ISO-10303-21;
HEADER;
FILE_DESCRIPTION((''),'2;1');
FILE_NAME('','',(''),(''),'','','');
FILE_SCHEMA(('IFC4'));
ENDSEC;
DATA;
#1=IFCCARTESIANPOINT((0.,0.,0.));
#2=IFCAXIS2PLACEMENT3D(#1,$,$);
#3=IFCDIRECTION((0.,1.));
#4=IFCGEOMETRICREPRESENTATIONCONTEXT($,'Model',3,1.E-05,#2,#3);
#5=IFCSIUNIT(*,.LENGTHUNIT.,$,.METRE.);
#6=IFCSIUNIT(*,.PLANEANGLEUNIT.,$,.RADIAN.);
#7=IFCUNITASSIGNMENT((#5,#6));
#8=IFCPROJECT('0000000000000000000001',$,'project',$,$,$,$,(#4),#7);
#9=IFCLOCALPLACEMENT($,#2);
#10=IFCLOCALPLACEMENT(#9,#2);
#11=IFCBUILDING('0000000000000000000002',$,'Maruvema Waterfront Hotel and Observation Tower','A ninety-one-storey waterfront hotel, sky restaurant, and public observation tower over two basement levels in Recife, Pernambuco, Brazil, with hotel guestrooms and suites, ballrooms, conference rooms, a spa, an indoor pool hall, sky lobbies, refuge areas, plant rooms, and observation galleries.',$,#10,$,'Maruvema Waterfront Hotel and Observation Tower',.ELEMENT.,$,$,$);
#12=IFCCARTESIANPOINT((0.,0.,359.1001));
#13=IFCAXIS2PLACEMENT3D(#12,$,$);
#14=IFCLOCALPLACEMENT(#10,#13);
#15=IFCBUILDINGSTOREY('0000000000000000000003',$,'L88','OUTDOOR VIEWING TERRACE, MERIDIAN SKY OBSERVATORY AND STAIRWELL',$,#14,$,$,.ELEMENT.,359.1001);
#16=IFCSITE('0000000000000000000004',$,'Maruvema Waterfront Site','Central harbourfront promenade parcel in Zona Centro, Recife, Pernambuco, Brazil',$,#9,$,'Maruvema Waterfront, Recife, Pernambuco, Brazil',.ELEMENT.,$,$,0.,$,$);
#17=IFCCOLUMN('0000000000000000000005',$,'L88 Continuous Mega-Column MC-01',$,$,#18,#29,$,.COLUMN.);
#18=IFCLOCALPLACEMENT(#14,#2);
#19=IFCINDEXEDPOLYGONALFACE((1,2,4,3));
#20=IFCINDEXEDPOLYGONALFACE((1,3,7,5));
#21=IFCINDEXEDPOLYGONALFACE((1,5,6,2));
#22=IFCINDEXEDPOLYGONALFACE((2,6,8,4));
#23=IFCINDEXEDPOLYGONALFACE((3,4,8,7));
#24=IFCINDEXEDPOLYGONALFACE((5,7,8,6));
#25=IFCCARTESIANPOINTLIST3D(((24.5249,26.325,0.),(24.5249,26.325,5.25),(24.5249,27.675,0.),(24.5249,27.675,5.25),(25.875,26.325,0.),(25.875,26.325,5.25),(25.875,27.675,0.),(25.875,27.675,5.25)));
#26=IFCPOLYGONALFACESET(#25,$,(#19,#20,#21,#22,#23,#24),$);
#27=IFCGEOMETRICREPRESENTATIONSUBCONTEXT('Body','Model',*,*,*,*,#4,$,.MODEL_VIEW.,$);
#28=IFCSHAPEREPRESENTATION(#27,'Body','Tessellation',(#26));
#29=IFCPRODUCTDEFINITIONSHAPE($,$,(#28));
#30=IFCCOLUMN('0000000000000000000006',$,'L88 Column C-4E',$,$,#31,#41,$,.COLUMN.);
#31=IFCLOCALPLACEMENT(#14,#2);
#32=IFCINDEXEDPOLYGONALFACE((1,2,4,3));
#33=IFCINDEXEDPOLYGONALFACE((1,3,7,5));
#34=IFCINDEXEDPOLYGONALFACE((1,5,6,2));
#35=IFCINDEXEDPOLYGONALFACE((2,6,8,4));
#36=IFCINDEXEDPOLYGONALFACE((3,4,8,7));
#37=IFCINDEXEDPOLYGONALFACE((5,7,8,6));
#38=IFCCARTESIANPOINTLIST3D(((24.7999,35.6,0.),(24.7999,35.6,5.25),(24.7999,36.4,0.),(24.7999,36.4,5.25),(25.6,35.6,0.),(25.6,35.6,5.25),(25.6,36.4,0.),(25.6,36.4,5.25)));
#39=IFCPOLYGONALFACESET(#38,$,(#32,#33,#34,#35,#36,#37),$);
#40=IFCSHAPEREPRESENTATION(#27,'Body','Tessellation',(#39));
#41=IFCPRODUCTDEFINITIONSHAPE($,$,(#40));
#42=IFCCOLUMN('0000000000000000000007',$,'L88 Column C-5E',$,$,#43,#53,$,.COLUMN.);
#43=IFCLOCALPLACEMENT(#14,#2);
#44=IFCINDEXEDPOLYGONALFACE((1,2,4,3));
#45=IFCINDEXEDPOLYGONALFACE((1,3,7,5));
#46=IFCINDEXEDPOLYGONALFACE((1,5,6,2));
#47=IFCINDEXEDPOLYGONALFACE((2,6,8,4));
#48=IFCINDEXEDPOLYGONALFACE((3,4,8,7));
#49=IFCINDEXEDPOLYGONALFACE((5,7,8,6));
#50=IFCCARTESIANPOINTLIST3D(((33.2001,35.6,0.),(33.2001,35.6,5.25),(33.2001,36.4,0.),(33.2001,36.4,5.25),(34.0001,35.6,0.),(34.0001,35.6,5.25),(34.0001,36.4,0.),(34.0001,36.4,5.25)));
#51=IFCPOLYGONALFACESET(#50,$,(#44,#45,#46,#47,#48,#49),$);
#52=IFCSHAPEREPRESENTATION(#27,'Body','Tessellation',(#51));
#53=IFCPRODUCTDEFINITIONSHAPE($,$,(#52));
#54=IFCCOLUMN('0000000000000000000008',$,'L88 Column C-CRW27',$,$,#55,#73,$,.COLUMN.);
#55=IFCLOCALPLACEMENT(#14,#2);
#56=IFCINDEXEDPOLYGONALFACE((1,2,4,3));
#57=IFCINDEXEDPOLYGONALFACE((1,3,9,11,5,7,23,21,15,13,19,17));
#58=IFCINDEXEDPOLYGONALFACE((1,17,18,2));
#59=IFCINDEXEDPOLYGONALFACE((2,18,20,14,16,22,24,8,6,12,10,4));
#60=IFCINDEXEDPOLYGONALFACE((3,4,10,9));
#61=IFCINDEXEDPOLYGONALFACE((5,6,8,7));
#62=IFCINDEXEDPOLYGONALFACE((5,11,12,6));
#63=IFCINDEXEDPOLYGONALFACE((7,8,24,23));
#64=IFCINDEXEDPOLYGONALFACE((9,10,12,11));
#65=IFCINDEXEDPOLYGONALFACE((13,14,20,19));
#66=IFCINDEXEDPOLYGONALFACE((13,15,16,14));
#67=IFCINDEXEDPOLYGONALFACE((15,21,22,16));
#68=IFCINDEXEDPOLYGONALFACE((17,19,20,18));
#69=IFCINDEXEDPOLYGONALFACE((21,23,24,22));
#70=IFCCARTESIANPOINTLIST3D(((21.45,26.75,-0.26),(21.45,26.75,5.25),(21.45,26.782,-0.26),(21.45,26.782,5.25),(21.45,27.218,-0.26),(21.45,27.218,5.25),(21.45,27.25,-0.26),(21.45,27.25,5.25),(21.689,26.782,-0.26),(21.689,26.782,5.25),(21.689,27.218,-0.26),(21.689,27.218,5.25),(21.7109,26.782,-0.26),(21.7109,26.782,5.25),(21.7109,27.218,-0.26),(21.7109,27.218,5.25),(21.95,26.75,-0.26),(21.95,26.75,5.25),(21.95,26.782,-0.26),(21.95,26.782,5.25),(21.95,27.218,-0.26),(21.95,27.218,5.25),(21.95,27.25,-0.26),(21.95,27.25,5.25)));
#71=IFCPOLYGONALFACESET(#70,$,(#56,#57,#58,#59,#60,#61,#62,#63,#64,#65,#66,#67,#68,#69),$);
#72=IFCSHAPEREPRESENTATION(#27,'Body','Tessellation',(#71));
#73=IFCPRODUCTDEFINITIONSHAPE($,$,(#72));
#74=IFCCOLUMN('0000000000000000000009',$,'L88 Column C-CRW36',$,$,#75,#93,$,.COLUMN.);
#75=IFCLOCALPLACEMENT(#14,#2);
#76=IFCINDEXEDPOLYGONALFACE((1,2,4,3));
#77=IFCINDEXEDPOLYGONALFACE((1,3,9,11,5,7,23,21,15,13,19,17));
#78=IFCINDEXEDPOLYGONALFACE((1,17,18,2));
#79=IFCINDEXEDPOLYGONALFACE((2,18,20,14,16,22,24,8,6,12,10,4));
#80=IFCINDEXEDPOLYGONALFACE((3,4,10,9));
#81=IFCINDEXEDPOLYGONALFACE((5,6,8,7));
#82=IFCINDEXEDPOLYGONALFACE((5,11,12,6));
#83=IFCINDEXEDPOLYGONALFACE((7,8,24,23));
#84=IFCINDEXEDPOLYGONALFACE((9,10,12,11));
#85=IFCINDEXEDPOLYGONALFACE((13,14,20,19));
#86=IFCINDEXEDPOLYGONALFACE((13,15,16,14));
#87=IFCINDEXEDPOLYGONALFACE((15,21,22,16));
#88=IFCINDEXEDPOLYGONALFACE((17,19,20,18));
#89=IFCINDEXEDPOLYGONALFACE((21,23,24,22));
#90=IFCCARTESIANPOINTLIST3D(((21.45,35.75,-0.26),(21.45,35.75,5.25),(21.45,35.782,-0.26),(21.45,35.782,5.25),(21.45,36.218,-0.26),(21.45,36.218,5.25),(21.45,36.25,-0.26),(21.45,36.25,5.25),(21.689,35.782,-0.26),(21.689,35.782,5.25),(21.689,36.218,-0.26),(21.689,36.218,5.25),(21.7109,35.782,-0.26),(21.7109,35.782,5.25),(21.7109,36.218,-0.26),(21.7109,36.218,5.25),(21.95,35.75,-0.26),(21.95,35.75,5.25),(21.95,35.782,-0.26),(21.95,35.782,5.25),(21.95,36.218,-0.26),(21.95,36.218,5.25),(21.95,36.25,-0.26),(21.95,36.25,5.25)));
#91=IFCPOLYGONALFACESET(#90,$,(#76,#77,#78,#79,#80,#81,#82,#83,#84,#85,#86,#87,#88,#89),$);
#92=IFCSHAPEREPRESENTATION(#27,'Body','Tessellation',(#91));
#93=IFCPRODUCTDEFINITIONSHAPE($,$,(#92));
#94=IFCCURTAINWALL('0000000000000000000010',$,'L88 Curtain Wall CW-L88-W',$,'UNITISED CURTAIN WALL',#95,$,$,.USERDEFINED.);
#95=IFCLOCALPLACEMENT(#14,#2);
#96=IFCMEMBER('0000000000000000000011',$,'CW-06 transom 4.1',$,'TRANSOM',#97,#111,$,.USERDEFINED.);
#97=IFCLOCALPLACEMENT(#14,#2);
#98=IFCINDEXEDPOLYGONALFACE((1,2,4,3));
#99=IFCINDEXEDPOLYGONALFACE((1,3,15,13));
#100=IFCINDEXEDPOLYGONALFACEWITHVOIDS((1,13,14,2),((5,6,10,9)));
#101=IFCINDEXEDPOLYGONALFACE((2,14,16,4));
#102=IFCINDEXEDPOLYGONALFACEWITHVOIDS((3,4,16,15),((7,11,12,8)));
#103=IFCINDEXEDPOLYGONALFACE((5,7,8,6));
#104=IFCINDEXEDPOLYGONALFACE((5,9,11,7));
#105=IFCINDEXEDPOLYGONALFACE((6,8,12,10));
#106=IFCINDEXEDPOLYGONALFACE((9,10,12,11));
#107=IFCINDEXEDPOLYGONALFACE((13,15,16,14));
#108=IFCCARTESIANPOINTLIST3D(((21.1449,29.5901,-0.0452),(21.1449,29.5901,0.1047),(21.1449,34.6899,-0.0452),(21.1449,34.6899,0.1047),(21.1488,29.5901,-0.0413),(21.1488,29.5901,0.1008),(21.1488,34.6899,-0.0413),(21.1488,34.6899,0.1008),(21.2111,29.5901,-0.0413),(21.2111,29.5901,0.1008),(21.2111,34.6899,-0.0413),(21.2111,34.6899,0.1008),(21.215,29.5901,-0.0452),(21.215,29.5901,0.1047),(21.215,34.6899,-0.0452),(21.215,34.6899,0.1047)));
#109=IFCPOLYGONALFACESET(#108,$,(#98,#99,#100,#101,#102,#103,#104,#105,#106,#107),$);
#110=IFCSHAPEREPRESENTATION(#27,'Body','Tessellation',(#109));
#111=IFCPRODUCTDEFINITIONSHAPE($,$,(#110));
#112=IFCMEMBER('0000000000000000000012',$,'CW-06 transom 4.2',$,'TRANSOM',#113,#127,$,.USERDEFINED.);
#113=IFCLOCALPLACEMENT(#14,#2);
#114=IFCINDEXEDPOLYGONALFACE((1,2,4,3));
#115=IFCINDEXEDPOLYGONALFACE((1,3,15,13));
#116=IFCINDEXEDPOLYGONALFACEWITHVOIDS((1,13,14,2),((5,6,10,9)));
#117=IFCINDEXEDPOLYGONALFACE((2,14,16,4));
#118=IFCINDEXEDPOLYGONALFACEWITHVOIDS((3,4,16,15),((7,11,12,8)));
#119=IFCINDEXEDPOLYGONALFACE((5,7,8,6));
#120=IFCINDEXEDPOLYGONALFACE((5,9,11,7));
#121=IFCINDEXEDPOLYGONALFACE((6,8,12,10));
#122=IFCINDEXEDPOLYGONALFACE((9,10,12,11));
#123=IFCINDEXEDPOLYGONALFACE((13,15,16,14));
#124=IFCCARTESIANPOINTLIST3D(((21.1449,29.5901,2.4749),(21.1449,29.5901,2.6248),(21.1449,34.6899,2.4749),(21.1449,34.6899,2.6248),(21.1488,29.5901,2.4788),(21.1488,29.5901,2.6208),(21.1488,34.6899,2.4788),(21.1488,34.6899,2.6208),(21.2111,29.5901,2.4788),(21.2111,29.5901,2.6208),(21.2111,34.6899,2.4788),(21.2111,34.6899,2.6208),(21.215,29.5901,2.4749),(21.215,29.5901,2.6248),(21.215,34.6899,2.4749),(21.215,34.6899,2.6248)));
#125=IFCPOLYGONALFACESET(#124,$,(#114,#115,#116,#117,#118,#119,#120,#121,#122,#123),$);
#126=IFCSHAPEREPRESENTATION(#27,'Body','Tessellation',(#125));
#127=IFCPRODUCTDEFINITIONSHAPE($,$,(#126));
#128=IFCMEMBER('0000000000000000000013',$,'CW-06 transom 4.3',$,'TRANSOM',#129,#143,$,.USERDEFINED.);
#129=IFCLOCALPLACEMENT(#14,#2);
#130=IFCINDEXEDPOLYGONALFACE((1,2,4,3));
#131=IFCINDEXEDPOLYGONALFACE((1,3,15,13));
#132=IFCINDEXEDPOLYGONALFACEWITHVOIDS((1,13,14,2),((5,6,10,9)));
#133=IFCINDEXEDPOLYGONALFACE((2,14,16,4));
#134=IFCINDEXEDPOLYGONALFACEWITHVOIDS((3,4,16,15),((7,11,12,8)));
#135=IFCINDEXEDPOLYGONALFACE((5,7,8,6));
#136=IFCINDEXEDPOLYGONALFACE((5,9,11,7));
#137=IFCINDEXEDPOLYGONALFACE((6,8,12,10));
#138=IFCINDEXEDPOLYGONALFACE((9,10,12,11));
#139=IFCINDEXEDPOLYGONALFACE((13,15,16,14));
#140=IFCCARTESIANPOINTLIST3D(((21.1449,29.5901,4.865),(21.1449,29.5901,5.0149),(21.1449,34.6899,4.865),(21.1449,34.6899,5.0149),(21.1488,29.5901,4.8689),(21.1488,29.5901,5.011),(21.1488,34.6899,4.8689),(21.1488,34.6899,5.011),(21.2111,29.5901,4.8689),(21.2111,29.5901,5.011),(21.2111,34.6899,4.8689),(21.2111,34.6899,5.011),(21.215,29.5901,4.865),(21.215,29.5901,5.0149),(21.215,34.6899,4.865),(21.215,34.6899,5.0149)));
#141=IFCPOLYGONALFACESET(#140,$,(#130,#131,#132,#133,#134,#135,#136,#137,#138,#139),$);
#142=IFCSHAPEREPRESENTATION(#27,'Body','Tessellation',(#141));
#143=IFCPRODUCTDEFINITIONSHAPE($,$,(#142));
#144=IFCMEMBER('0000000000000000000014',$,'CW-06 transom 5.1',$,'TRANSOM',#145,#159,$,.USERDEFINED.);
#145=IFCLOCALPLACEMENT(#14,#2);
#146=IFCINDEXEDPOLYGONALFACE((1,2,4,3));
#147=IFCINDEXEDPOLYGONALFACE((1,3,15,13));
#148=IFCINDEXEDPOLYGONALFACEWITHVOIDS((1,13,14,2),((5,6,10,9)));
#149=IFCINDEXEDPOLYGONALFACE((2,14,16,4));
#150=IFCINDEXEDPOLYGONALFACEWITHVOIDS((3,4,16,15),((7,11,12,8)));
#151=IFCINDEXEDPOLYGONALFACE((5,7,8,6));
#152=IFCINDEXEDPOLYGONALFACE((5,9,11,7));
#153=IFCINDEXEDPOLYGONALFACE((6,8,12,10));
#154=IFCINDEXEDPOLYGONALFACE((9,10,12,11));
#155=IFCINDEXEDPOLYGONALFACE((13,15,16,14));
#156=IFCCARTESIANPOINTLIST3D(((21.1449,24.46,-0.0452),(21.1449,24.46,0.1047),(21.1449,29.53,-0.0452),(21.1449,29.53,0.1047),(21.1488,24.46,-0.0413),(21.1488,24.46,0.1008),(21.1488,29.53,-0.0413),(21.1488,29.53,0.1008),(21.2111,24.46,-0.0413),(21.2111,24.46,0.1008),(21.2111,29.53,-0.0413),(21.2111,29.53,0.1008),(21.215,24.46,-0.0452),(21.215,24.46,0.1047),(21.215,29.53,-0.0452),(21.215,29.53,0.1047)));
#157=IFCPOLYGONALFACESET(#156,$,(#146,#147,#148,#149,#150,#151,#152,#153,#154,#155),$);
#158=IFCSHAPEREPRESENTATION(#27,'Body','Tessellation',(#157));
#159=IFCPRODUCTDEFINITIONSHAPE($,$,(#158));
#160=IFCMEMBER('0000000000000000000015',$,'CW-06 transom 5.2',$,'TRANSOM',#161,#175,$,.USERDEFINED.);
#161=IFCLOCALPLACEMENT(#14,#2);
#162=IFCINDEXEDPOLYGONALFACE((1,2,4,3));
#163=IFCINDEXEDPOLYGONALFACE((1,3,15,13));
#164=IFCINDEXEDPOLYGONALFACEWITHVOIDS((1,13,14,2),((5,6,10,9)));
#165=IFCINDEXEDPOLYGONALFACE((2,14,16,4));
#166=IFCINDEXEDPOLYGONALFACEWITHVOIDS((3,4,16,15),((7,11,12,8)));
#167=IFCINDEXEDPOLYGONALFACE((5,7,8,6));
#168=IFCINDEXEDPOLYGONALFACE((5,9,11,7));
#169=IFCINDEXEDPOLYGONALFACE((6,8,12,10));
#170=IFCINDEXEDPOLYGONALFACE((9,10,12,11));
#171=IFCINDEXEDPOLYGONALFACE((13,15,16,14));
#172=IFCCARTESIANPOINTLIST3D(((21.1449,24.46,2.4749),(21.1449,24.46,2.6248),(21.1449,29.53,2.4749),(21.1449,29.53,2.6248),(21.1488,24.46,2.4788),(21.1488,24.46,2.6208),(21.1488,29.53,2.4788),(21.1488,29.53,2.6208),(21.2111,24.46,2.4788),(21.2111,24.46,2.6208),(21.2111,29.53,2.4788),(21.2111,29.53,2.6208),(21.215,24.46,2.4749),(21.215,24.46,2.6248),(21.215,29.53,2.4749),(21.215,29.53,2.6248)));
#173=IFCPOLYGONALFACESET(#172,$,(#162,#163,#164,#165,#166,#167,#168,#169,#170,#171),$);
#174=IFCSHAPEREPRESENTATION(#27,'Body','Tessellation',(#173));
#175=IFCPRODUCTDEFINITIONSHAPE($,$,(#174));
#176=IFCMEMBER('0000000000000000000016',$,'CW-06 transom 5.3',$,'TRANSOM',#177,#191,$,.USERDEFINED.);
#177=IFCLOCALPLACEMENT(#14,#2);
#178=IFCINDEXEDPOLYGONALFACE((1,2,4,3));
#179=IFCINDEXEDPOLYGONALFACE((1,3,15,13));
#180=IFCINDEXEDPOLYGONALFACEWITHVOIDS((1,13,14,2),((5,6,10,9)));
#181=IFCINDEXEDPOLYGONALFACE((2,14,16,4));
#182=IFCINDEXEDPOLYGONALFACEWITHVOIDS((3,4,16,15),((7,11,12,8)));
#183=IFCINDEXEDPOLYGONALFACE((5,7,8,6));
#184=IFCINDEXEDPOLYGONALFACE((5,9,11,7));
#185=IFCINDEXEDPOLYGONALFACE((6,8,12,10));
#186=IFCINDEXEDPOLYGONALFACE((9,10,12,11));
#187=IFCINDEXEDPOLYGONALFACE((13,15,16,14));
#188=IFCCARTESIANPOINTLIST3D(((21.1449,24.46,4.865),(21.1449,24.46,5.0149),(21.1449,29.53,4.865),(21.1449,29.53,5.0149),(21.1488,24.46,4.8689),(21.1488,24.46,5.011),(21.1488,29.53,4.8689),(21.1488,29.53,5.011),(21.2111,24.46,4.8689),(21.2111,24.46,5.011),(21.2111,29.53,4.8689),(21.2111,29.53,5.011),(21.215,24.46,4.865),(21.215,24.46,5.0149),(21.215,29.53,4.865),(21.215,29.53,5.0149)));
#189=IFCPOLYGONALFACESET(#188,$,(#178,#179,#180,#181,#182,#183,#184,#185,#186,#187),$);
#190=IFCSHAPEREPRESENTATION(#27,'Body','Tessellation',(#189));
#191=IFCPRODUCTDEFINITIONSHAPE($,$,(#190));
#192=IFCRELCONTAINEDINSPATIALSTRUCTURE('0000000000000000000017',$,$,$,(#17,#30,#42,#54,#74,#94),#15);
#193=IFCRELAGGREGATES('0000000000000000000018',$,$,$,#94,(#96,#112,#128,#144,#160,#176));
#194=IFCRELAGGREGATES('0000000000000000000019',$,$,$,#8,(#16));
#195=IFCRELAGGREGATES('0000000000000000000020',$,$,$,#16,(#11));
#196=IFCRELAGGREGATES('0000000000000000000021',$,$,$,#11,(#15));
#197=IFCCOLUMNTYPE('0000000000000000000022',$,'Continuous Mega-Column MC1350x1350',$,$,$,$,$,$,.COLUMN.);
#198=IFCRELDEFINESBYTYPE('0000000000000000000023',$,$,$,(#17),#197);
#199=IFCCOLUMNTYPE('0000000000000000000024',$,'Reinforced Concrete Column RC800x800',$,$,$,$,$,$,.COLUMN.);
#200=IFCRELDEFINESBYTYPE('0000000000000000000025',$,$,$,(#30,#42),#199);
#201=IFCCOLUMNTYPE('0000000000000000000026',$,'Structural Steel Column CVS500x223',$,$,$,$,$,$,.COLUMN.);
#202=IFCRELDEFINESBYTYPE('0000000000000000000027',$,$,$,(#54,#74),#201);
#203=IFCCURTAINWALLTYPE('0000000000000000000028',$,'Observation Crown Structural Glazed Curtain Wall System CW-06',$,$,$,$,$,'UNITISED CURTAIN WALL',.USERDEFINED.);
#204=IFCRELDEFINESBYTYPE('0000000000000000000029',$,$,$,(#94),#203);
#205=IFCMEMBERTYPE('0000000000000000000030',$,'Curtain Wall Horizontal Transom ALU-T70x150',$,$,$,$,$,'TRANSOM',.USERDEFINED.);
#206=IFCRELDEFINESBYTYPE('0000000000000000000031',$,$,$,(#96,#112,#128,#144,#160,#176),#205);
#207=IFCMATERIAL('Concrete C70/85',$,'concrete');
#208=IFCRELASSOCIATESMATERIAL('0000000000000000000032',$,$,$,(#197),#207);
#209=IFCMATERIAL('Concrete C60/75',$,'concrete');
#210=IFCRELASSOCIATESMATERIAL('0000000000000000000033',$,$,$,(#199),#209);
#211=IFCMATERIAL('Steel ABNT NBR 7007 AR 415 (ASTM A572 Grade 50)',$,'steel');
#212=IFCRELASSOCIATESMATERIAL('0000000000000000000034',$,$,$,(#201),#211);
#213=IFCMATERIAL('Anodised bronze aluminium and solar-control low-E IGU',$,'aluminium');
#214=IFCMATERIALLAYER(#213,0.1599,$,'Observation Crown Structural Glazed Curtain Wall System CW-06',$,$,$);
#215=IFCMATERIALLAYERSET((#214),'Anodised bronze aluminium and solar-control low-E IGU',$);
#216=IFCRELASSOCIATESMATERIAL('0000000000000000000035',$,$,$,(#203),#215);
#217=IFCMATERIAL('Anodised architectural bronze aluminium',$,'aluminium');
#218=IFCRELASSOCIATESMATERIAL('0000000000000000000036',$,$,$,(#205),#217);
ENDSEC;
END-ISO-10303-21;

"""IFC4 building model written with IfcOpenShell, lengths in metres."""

from ifc_helpers import new_model, si_unit, direction, frame, origin, origin_2d, place, context, subcontext, project, spatial, rectangle, hollow_rectangle, i_section, extrude, material, layer, layer_set, material_profile, profile_set, type_object, element, aggregate, save


model = new_model("IFC4")

# Units and contexts
model_context = context("Model", 3, precision=1e-05, world=origin(), true_north=direction((0.0, 1.0)))
body_context = subcontext(model_context, "Body", "Model", "MODEL_VIEW")
ifc_project = project(units=[si_unit("LENGTHUNIT", "METRE"), si_unit("PLANEANGLEUNIT", "RADIAN")], contexts=[model_context])

# Site, building, storey
site_placement = place(None, origin())
site = spatial("IfcSite", under=ifc_project, at=site_placement, Name="Maruvema Waterfront Site", Description="Central harbourfront promenade parcel in Zona Centro, Recife, Pernambuco, Brazil", LongName="Maruvema Waterfront, Recife, Pernambuco, Brazil", CompositionType="ELEMENT", RefElevation=0.0)
building_placement = place(site_placement, origin())
building = spatial("IfcBuilding", under=site, at=building_placement, Name="Maruvema Waterfront Hotel and Observation Tower", Description="A ninety-one-storey waterfront hotel, sky restaurant, and public observation tower over two basement levels in Recife, Pernambuco, Brazil, with hotel guestrooms and suites, ballrooms, conference rooms, a spa, an indoor pool hall, sky lobbies, refuge areas, plant rooms, and observation galleries.", LongName="Maruvema Waterfront Hotel and Observation Tower", CompositionType="ELEMENT")
storey_placement = place(building_placement, frame((0.0, 0.0, 359.1001)))
storey = spatial("IfcBuildingStorey", under=building, at=storey_placement, Name="L88", Description="OUTDOOR VIEWING TERRACE, MERIDIAN SKY OBSERVATORY AND STAIRWELL", CompositionType="ELEMENT", Elevation=359.1001)

# Columns
ifc_material_1 = material(Name="Concrete C70/85", Category="concrete")
ifc_material_profile_1 = material_profile(ifc_material_1, rectangle(XDim=1.3501, YDim=1.3501, at=origin_2d()), Name="MC1350x1350")
ifc_profile_set_1 = profile_set([ifc_material_profile_1], Name="Concrete C70/85")
column_type_1 = type_object("IfcColumnType", Name="Continuous Mega-Column MC1350x1350", PredefinedType="COLUMN", material=ifc_profile_set_1)
column_placement = place(storey_placement, frame((25.2, 27.0, 0.0), z_axis=(0.0, 0.0, 1.0), x_axis=(1.0, 0.0, 0.0)))
element("IfcColumn", 1, at=column_placement, inside=storey, type_object=column_type_1, Name="L88 Continuous Mega-Column MC-01", PredefinedType="COLUMN", context=body_context, shape_type="SweptSolid", body=[
    extrude(rectangle(XDim=1.3501, YDim=1.3501, at=origin_2d()), origin(), (0.0, 0.0, 1.0), 5.25),
])
ifc_material_2 = material(Name="Concrete C60/75", Category="concrete")
ifc_material_profile_2 = material_profile(ifc_material_2, rectangle(XDim=0.8, YDim=0.8, at=origin_2d()), Name="RC800x800")
ifc_profile_set_2 = profile_set([ifc_material_profile_2], Name="Concrete C60/75")
column_type_2 = type_object("IfcColumnType", Name="Reinforced Concrete Column RC800x800", PredefinedType="COLUMN", material=ifc_profile_set_2)
for number, where, z_axis, x_axis, name in (
    (2, (25.2, 36.0, 0.0), (0.0, 0.0, 1.0), (1.0, 0.0, 0.0), "L88 Column C-4E"),
    (3, (33.6001, 36.0, 0.0), (0.0, 0.0, 1.0), (1.0, 0.0, 0.0), "L88 Column C-5E"),
):
    element("IfcColumn", number, at=place(storey_placement, frame(where, z_axis=z_axis, x_axis=x_axis)), inside=storey, type_object=column_type_2, Name=name, PredefinedType="COLUMN", context=body_context, shape_type="SweptSolid", body=[
        extrude(rectangle(XDim=0.8, YDim=0.8, at=origin_2d()), origin(), (0.0, 0.0, 1.0), 5.25),
    ])
ifc_material_3 = material(Name="Steel ABNT NBR 7007 AR 415 (ASTM A572 Grade 50)", Category="steel")
ifc_material_profile_3 = material_profile(ifc_material_3, i_section(OverallWidth=0.5, OverallDepth=0.5, WebThickness=0.022, FlangeThickness=0.032, at=origin_2d()), Name="CVS500x223")
ifc_profile_set_3 = profile_set([ifc_material_profile_3], Name="Steel ABNT NBR 7007 AR 415 (ASTM A572 Grade 50)")
column_type_3 = type_object("IfcColumnType", Name="Structural Steel Column CVS500x223", PredefinedType="COLUMN", material=ifc_profile_set_3)
for number, where, z_axis, x_axis, name in (
    (4, (21.7, 27.0, -0.26), (0.0, 0.0, 1.0), (1.0, 0.0, 0.0), "L88 Column C-CRW27"),
    (5, (21.7, 36.0, -0.26), (0.0, 0.0, 1.0), (1.0, 0.0, 0.0), "L88 Column C-CRW36"),
):
    element("IfcColumn", number, at=place(storey_placement, frame(where, z_axis=z_axis, x_axis=x_axis)), inside=storey, type_object=column_type_3, Name=name, PredefinedType="COLUMN", context=body_context, shape_type="SweptSolid", body=[
        extrude(i_section(OverallWidth=0.5, OverallDepth=0.5, WebThickness=0.022, FlangeThickness=0.032, at=origin_2d()), origin(), (0.0, 0.0, 1.0), 5.51),
    ])

# Curtain wall, members
ifc_material_4 = material(Name="Anodised bronze aluminium and solar-control low-E IGU", Category="aluminium")
ifc_layer_1 = layer(ifc_material_4, 0.1599, Name="Observation Crown Structural Glazed Curtain Wall System CW-06")
ifc_layer_set_1 = layer_set([ifc_layer_1], Name="Anodised bronze aluminium and solar-control low-E IGU")
curtain_wall_type = type_object("IfcCurtainWallType", Name="Observation Crown Structural Glazed Curtain Wall System CW-06", ElementType="UNITISED CURTAIN WALL", PredefinedType="USERDEFINED", material=ifc_layer_set_1)
curtain_wall_placement = place(storey_placement, origin())
curtain_wall = element("IfcCurtainWall", 6, at=curtain_wall_placement, inside=storey, type_object=curtain_wall_type, Name="L88 Curtain Wall CW-L88-W", ObjectType="UNITISED CURTAIN WALL", PredefinedType="USERDEFINED")
ifc_material_5 = material(Name="Anodised architectural bronze aluminium", Category="aluminium")
ifc_material_profile_4 = material_profile(ifc_material_5, hollow_rectangle(XDim=0.0701, YDim=0.1499, WallThickness=0.0039, at=origin_2d()), Name="ALU-T70x150")
ifc_profile_set_4 = profile_set([ifc_material_profile_4], Name="Anodised architectural bronze aluminium")
member_type_1 = type_object("IfcMemberType", Name="Curtain Wall Horizontal Transom ALU-T70x150", ElementType="TRANSOM", PredefinedType="USERDEFINED", material=ifc_profile_set_4)
member_1_placement = place(storey_placement, frame((21.1799, 34.6899, 0.0298), z_axis=(0.0, -1.0, 0.0), x_axis=(1.0, 0.0, 0.0)))
member_1 = element("IfcMember", 7, at=member_1_placement, type_object=member_type_1, Name="CW-06 transom 4.1", ObjectType="TRANSOM", PredefinedType="USERDEFINED", context=body_context, shape_type="SweptSolid", body=[
    extrude(hollow_rectangle(XDim=0.0701, YDim=0.1499, WallThickness=0.0039, at=origin_2d()), origin(), (0.0, 0.0, 1.0), 5.0999),
])
member_2_placement = place(storey_placement, frame((21.1799, 34.6899, 2.5498), z_axis=(0.0, -1.0, 0.0), x_axis=(1.0, 0.0, 0.0)))
member_2 = element("IfcMember", 8, at=member_2_placement, type_object=member_type_1, Name="CW-06 transom 4.2", ObjectType="TRANSOM", PredefinedType="USERDEFINED", context=body_context, shape_type="SweptSolid", body=[
    extrude(hollow_rectangle(XDim=0.0701, YDim=0.1499, WallThickness=0.0039, at=origin_2d()), origin(), (0.0, 0.0, 1.0), 5.0999),
])
member_3_placement = place(storey_placement, frame((21.1799, 34.6899, 4.9399), z_axis=(0.0, -1.0, 0.0), x_axis=(1.0, 0.0, 0.0)))
member_3 = element("IfcMember", 9, at=member_3_placement, type_object=member_type_1, Name="CW-06 transom 4.3", ObjectType="TRANSOM", PredefinedType="USERDEFINED", context=body_context, shape_type="SweptSolid", body=[
    extrude(hollow_rectangle(XDim=0.0701, YDim=0.1499, WallThickness=0.0039, at=origin_2d()), origin(), (0.0, 0.0, 1.0), 5.0999),
])
member_4_placement = place(storey_placement, frame((21.1799, 29.53, 0.0298), z_axis=(0.0, -1.0, 0.0), x_axis=(1.0, 0.0, 0.0)))
member_4 = element("IfcMember", 10, at=member_4_placement, type_object=member_type_1, Name="CW-06 transom 5.1", ObjectType="TRANSOM", PredefinedType="USERDEFINED", context=body_context, shape_type="SweptSolid", body=[
    extrude(hollow_rectangle(XDim=0.0701, YDim=0.1499, WallThickness=0.0039, at=origin_2d()), origin(), (0.0, 0.0, 1.0), 5.0701),
])
member_5_placement = place(storey_placement, frame((21.1799, 29.53, 2.5498), z_axis=(0.0, -1.0, 0.0), x_axis=(1.0, 0.0, 0.0)))
member_5 = element("IfcMember", 11, at=member_5_placement, type_object=member_type_1, Name="CW-06 transom 5.2", ObjectType="TRANSOM", PredefinedType="USERDEFINED", context=body_context, shape_type="SweptSolid", body=[
    extrude(hollow_rectangle(XDim=0.0701, YDim=0.1499, WallThickness=0.0039, at=origin_2d()), origin(), (0.0, 0.0, 1.0), 5.0701),
])
member_6_placement = place(storey_placement, frame((21.1799, 29.53, 4.9399), z_axis=(0.0, -1.0, 0.0), x_axis=(1.0, 0.0, 0.0)))
member_6 = element("IfcMember", 12, at=member_6_placement, type_object=member_type_1, Name="CW-06 transom 5.3", ObjectType="TRANSOM", PredefinedType="USERDEFINED", context=body_context, shape_type="SweptSolid", body=[
    extrude(hollow_rectangle(XDim=0.0701, YDim=0.1499, WallThickness=0.0039, at=origin_2d()), origin(), (0.0, 0.0, 1.0), 5.0701),
])

aggregate(curtain_wall, [member_1, member_2, member_3, member_4, member_5, member_6])

save(model, "model.ifc")
